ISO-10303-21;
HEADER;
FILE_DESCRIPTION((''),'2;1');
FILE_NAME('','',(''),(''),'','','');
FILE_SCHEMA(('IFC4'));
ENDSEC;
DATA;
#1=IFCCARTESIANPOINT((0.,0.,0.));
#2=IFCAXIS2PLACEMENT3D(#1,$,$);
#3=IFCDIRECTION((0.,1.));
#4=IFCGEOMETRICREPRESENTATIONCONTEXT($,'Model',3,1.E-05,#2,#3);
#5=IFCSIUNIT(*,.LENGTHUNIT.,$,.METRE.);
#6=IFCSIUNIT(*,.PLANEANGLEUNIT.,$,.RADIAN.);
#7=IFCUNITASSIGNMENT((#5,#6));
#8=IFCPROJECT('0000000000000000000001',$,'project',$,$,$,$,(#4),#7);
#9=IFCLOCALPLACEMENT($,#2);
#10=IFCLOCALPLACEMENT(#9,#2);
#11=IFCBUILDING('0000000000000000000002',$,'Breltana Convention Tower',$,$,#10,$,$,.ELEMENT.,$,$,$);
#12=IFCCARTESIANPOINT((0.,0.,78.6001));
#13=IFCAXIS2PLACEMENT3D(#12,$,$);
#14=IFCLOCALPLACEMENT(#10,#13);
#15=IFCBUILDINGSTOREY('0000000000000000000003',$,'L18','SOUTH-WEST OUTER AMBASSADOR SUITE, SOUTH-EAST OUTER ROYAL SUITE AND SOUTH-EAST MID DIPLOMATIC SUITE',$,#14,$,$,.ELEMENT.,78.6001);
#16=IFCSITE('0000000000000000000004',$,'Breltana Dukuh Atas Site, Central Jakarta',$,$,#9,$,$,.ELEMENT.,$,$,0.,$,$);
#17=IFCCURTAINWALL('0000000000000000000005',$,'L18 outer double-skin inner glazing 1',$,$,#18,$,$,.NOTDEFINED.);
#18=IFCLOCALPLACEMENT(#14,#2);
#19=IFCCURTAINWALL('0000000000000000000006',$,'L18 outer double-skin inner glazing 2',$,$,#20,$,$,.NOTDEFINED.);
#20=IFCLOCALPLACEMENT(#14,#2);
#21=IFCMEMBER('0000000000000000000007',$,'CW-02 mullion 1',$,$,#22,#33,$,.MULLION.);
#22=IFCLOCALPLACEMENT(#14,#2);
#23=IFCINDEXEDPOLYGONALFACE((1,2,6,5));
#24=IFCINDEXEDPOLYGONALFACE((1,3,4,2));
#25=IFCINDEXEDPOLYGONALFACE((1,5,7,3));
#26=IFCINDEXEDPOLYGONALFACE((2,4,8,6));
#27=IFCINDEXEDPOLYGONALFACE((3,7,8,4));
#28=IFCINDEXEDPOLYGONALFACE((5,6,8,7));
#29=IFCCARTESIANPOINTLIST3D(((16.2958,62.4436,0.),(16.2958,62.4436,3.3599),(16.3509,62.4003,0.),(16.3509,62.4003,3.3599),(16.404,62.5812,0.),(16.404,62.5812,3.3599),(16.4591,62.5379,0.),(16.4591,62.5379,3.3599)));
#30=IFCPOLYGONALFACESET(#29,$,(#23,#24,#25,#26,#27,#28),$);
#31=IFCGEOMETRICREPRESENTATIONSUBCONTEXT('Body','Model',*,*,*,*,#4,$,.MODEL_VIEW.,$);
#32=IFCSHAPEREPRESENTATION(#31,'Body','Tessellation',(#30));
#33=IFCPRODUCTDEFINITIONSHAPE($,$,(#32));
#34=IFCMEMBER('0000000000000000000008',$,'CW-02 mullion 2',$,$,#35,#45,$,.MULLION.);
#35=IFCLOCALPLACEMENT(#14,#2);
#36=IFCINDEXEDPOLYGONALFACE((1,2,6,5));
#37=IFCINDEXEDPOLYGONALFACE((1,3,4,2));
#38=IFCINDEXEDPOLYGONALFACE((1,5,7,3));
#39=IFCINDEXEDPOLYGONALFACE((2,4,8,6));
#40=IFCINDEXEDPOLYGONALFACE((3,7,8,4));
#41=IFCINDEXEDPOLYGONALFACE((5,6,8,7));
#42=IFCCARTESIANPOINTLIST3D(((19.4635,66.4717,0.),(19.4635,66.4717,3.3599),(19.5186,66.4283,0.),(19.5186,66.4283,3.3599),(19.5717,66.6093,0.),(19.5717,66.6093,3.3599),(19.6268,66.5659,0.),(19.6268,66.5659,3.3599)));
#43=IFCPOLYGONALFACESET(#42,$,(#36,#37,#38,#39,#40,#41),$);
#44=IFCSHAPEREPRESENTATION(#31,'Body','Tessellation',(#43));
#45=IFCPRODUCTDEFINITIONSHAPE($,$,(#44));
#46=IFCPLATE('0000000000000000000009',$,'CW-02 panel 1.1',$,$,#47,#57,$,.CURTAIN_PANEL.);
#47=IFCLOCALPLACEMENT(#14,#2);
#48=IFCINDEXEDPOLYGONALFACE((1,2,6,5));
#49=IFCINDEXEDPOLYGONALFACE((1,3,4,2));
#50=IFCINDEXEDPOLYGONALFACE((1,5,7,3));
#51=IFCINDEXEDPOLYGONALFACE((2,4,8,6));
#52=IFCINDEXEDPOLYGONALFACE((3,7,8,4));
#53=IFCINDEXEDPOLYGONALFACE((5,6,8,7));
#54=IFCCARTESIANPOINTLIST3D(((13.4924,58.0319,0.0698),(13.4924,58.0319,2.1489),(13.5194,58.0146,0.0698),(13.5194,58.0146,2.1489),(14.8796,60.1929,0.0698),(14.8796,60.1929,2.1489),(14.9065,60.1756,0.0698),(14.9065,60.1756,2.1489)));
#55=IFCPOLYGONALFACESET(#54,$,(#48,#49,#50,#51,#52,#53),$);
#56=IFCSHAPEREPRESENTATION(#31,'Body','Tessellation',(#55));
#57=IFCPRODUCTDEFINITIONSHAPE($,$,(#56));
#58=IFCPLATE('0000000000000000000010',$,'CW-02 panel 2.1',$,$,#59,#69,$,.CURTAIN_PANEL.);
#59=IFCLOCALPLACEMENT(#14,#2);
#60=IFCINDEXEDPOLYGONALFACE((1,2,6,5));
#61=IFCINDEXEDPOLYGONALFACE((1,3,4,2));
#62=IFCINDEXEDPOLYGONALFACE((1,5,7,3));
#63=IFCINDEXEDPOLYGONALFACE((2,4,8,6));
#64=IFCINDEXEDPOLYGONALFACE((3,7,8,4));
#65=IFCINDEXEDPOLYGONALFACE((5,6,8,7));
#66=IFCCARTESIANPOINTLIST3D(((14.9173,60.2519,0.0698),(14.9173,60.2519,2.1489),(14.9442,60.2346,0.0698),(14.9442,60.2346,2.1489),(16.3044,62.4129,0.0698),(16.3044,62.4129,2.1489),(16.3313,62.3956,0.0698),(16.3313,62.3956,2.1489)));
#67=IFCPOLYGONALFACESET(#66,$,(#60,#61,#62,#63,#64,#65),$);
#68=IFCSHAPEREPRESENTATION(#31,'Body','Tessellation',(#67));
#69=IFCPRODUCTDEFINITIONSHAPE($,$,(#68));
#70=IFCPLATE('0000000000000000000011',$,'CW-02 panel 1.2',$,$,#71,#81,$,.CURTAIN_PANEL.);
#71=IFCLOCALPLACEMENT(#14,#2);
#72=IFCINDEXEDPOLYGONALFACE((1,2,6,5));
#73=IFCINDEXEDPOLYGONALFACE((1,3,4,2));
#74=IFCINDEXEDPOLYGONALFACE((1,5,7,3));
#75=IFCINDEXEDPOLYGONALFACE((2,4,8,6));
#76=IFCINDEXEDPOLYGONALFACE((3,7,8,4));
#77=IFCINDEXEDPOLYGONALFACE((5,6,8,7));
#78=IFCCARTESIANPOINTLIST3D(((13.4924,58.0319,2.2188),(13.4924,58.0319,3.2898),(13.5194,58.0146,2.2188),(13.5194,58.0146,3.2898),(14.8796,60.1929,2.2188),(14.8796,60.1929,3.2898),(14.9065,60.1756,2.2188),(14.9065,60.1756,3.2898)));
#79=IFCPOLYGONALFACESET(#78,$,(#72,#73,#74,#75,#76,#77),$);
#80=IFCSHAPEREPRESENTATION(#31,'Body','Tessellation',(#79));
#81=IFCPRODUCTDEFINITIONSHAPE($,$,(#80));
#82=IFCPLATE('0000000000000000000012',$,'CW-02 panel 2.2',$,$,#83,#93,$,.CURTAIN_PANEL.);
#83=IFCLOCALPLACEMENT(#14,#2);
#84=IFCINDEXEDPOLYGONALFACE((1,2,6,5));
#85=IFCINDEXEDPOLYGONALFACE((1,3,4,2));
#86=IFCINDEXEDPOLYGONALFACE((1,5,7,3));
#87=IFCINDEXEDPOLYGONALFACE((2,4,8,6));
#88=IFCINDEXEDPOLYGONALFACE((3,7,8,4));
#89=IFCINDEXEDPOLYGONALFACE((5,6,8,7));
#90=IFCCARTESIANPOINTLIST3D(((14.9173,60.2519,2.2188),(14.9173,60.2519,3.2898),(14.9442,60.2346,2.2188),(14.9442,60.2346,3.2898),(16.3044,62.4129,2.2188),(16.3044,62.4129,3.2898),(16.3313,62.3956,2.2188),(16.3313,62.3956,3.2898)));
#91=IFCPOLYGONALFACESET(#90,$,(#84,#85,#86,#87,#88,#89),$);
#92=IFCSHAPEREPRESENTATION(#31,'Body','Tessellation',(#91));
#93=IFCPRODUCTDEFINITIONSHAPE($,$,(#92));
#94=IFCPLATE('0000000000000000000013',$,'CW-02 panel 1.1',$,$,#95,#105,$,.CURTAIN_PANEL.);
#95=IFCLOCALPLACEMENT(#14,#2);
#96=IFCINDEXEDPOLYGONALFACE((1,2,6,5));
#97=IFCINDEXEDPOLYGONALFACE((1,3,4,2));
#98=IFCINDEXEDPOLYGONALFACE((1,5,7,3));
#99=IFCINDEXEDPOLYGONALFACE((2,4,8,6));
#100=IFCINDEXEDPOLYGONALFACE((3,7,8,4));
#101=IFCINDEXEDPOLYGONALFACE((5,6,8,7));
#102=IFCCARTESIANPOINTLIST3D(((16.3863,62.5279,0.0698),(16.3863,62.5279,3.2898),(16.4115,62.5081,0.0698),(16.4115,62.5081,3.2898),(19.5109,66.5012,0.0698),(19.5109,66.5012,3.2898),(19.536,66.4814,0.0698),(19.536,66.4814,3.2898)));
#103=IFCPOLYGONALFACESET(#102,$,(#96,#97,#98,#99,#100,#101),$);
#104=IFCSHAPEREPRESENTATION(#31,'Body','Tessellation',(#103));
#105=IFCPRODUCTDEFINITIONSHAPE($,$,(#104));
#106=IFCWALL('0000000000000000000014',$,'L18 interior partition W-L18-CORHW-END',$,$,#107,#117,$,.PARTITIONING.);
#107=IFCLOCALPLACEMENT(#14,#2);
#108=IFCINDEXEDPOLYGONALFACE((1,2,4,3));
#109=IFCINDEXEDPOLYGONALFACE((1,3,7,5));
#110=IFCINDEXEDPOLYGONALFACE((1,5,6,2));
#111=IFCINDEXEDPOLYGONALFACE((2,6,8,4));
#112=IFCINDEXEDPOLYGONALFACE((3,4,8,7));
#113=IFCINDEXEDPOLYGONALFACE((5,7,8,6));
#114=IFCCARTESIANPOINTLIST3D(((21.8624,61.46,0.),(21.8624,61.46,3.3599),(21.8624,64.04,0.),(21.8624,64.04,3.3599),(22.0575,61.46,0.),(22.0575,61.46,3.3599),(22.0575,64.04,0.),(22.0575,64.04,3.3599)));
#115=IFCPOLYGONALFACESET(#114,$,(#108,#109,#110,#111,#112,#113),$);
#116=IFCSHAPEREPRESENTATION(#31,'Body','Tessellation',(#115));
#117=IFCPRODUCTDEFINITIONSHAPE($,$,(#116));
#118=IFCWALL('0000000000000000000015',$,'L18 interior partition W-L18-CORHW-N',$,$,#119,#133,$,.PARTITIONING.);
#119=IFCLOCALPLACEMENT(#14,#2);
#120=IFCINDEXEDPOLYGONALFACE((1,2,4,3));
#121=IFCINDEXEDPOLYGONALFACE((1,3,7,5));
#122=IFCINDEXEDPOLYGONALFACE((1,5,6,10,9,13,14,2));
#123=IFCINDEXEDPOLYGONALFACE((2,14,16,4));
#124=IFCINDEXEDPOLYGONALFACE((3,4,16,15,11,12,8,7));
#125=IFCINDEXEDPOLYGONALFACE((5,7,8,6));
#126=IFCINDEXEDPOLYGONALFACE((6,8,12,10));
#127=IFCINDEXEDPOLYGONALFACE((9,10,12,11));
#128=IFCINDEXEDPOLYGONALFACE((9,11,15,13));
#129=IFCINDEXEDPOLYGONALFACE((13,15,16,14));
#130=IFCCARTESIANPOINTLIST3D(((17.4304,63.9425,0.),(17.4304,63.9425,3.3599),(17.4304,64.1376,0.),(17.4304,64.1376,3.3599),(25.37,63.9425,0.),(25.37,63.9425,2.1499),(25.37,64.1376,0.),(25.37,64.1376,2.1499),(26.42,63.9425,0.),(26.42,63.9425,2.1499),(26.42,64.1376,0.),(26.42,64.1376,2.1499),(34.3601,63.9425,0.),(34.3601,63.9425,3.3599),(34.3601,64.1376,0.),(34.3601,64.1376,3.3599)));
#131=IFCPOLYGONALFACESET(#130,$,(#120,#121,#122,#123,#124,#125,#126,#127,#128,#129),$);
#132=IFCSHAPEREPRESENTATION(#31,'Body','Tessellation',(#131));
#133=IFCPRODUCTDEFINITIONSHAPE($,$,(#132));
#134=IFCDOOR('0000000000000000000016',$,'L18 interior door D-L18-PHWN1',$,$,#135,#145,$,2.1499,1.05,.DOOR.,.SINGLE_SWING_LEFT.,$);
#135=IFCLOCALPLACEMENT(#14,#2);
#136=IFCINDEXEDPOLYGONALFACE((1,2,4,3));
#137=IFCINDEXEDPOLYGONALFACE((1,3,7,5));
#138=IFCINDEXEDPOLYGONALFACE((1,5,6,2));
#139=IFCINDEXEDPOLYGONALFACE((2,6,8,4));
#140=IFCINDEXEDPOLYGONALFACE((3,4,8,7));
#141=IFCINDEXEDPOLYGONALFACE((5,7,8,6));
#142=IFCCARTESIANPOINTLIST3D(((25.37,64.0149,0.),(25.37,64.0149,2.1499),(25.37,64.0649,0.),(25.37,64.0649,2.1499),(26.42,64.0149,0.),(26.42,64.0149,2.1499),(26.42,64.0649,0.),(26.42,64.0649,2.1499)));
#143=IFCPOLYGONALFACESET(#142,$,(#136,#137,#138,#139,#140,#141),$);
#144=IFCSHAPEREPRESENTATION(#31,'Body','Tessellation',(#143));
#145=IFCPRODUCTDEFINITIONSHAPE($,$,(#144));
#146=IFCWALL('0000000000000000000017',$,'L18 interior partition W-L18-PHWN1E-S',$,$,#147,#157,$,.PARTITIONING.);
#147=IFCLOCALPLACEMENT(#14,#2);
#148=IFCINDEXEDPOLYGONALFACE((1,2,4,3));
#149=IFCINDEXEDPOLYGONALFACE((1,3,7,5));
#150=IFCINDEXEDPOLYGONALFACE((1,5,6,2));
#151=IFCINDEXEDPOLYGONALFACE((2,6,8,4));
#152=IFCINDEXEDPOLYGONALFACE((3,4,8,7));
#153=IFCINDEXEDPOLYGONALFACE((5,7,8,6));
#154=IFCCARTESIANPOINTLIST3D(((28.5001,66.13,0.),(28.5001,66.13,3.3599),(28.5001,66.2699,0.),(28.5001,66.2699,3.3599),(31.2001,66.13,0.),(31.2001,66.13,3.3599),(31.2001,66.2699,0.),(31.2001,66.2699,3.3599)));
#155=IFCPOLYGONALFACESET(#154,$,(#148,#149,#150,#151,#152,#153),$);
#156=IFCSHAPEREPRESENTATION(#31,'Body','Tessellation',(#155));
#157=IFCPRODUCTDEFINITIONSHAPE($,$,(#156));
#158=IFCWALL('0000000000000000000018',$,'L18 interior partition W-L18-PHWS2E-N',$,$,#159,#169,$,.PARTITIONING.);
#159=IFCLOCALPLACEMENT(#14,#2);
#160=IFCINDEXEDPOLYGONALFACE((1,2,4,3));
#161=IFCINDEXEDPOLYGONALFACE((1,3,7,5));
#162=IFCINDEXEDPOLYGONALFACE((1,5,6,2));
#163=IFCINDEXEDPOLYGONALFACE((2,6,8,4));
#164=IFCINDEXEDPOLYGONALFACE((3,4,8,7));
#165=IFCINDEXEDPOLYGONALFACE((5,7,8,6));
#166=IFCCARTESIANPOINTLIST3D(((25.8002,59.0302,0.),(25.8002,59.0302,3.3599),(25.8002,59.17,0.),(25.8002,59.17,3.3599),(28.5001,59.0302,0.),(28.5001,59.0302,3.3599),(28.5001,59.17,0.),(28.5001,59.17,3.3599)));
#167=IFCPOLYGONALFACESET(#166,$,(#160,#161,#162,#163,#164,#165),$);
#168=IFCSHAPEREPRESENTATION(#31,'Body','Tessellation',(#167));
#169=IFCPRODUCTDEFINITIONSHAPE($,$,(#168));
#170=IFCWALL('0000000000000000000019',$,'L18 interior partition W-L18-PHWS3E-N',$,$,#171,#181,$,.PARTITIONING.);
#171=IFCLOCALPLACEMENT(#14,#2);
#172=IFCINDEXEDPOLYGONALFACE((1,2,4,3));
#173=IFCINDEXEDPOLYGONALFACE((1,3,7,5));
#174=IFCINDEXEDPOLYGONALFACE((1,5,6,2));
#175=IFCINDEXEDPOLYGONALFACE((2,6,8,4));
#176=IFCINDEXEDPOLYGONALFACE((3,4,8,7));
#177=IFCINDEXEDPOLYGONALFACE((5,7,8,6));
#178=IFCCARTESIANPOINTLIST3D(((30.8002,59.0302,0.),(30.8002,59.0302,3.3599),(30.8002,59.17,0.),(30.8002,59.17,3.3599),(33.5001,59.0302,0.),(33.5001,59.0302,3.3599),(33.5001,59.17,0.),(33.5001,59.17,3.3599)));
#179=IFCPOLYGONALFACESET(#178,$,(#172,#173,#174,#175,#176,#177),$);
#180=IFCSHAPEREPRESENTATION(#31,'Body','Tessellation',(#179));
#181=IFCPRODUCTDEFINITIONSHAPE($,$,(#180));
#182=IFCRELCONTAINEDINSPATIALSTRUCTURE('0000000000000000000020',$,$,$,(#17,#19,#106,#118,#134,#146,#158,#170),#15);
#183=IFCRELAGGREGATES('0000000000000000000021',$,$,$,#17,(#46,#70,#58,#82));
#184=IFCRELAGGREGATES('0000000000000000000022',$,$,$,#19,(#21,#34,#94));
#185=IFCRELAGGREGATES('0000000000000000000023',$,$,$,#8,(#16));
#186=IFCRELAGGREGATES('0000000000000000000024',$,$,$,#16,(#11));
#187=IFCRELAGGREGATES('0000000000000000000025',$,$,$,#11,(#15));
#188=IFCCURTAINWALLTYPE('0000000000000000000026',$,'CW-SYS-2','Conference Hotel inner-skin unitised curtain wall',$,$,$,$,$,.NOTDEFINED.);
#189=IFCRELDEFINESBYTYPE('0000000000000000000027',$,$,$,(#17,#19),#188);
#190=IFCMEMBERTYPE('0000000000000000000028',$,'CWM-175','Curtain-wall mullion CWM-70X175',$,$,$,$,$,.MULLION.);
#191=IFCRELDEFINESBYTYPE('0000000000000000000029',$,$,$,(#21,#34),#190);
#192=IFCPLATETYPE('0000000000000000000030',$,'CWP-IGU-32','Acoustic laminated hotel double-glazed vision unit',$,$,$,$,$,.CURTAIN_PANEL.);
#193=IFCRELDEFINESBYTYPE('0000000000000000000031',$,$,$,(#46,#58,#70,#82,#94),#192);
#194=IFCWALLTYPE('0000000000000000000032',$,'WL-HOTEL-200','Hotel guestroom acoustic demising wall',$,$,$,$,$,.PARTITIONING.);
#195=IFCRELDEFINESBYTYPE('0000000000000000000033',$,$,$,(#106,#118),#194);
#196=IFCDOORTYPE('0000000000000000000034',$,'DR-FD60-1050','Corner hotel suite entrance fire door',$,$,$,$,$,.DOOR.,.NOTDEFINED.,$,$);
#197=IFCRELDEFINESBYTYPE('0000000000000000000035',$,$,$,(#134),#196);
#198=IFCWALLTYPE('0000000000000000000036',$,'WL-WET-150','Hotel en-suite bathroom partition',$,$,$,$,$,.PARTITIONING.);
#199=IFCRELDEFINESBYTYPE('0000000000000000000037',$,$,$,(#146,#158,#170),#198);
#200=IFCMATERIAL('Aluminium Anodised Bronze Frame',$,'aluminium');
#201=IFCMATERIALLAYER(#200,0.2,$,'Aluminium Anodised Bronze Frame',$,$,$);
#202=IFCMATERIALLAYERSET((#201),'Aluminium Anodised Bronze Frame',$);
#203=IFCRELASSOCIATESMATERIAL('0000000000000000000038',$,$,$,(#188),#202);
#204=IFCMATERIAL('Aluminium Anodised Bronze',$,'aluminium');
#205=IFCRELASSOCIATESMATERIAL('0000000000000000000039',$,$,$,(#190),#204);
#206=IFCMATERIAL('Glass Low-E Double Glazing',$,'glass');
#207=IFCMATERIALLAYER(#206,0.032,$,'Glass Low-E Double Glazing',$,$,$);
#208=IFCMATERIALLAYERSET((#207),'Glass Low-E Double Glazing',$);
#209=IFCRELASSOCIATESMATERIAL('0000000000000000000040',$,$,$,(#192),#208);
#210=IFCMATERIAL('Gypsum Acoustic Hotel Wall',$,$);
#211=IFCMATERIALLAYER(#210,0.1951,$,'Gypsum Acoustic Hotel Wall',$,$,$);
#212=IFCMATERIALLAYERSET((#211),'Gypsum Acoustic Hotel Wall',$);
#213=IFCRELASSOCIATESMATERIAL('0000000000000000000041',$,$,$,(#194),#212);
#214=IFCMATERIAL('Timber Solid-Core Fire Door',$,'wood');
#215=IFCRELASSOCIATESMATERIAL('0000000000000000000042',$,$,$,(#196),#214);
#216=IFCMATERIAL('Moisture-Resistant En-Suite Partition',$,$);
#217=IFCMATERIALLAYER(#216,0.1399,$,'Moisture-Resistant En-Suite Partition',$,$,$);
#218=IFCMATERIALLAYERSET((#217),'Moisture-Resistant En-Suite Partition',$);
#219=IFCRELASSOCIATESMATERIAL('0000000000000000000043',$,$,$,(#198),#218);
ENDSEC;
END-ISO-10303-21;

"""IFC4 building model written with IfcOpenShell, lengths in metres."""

from ifc_helpers import new_model, si_unit, direction, frame, frame_2d, origin, origin_2d, place, context, subcontext, project, spatial, rectangle, extrude, source, transform, mapped, material, layer, layer_set, material_profile, profile_set, type_object, type_shapes, element, fill, aggregate, save


model = new_model("IFC4")

# Units and contexts
model_context = context("Model", 3, precision=1e-05, world=origin(), true_north=direction((0.0, 1.0)))
body_context = subcontext(model_context, "Body", "Model", "MODEL_VIEW")
ifc_project = project(units=[si_unit("LENGTHUNIT", "METRE"), si_unit("PLANEANGLEUNIT", "RADIAN")], contexts=[model_context])

# Site, building, storey
site_placement = place(None, origin())
site = spatial("IfcSite", under=ifc_project, at=site_placement, Name="Breltana Dukuh Atas Site, Central Jakarta", CompositionType="ELEMENT", RefElevation=0.0)
building_placement = place(site_placement, origin())
building = spatial("IfcBuilding", under=site, at=building_placement, Name="Breltana Convention Tower", CompositionType="ELEMENT")
storey_placement = place(building_placement, frame((0.0, 0.0, 78.6001)))
storey = spatial("IfcBuildingStorey", under=building, at=storey_placement, Name="L18", Description="SOUTH-WEST OUTER AMBASSADOR SUITE, SOUTH-EAST OUTER ROYAL SUITE AND SOUTH-EAST MID DIPLOMATIC SUITE", CompositionType="ELEMENT", Elevation=78.6001)

# Curtain walls
ifc_material_1 = material(Name="Aluminium Anodised Bronze Frame", Category="aluminium")
ifc_layer_1 = layer(ifc_material_1, 0.2, Name="Aluminium Anodised Bronze Frame")
ifc_layer_set_1 = layer_set([ifc_layer_1], Name="Aluminium Anodised Bronze Frame")
curtain_wall_type = type_object("IfcCurtainWallType", Name="CW-SYS-2", Description="Conference Hotel inner-skin unitised curtain wall", PredefinedType="NOTDEFINED", material=ifc_layer_set_1)
curtain_wall_1_placement = place(storey_placement, origin())
curtain_wall_1 = element("IfcCurtainWall", 1, at=curtain_wall_1_placement, inside=storey, type_object=curtain_wall_type, Name="L18 outer double-skin inner glazing 1", PredefinedType="NOTDEFINED")
ifc_material_2 = material(Name="Aluminium Anodised Bronze", Category="aluminium")
curtain_wall_2_placement = place(storey_placement, origin())
curtain_wall_2 = element("IfcCurtainWall", 2, at=curtain_wall_2_placement, inside=storey, type_object=curtain_wall_type, Name="L18 outer double-skin inner glazing 2", PredefinedType="NOTDEFINED")

# Members
ifc_material_profile_1 = material_profile(ifc_material_2, rectangle(XDim=0.0701, YDim=0.175, at=origin_2d()), Name="CWM-70X175")
ifc_profile_set_1 = profile_set([ifc_material_profile_1], Name="Aluminium Anodised Bronze")
member_type_1 = type_object("IfcMemberType", Name="CWM-175", Description="Curtain-wall mullion CWM-70X175", PredefinedType="MULLION", material=ifc_profile_set_1)
shared_shape_1 = source(origin(), body_context, "Body", "SweptSolid", [
    extrude(rectangle(XDim=0.0701, YDim=0.175, at=origin_2d()), origin(), (0.0, 0.0, 1.0), 3.3599),
])
member_1_placement = place(storey_placement, frame((16.3774, 62.4907, 0.0), z_axis=(0.0, 0.0, 1.0), x_axis=(-0.786057, 0.618154, 0.0)))
member_1 = element("IfcMember", 3, at=member_1_placement, type_object=member_type_1, Name="CW-02 mullion 1", PredefinedType="MULLION", context=body_context, shape_type="MappedRepresentation", body=[
    mapped(shared_shape_1, transform((0.0, 0.0, 0.0), scale=1.0)),
])
member_2_placement = place(storey_placement, frame((19.5452, 66.5188, 0.0), z_axis=(0.0, 0.0, 1.0), x_axis=(-0.786057, 0.618154, 0.0)))
member_2 = element("IfcMember", 4, at=member_2_placement, type_object=member_type_1, Name="CW-02 mullion 2", PredefinedType="MULLION", context=body_context, shape_type="MappedRepresentation", body=[
    mapped(shared_shape_1, transform((0.0, 0.0, 0.0), scale=1.0)),
])

# Plates
ifc_material_3 = material(Name="Glass Low-E Double Glazing", Category="glass")
ifc_layer_2 = layer(ifc_material_3, 0.032, Name="Glass Low-E Double Glazing")
ifc_layer_set_2 = layer_set([ifc_layer_2], Name="Glass Low-E Double Glazing")
plate_type = type_object("IfcPlateType", Name="CWP-IGU-32", Description="Acoustic laminated hotel double-glazed vision unit", PredefinedType="CURTAIN_PANEL", material=ifc_layer_set_2)
shared_shape_2 = source(origin(), body_context, "Body", "SweptSolid", [
    extrude(rectangle(XDim=2.5679, YDim=0.032, at=origin_2d()), origin(), (0.0, 0.0, 1.0), 2.0791),
])
type_shapes(plate_type, [shared_shape_2])
plate_1_placement = place(storey_placement, frame((14.1995, 59.1038, 0.0698), z_axis=(0.0, 0.0, 1.0), x_axis=(0.540181, 0.841549, 0.0)))
plate_1 = element("IfcPlate", 5, at=plate_1_placement, type_object=plate_type, Name="CW-02 panel 1.1", PredefinedType="CURTAIN_PANEL", context=body_context, shape_type="MappedRepresentation", body=[
    mapped(shared_shape_2, transform((0.0, 0.0, 0.0), scale=1.0)),
])
plate_2_placement = place(storey_placement, frame((15.6243, 61.3237, 0.0698), z_axis=(0.0, 0.0, 1.0), x_axis=(0.540181, 0.841549, 0.0)))
plate_2 = element("IfcPlate", 6, at=plate_2_placement, type_object=plate_type, Name="CW-02 panel 2.1", PredefinedType="CURTAIN_PANEL", context=body_context, shape_type="MappedRepresentation", body=[
    mapped(shared_shape_2, transform((0.0, 0.0, 0.0), scale=1.0)),
])
shared_shape_3 = source(origin(), body_context, "Body", "SweptSolid", [
    extrude(rectangle(XDim=2.5679, YDim=0.032, at=origin_2d()), origin(), (0.0, 0.0, 1.0), 1.071),
])
plate_3_placement = place(storey_placement, frame((14.1995, 59.1038, 2.2188), z_axis=(0.0, 0.0, 1.0), x_axis=(0.540181, 0.841549, 0.0)))
plate_3 = element("IfcPlate", 7, at=plate_3_placement, type_object=plate_type, Name="CW-02 panel 1.2", PredefinedType="CURTAIN_PANEL", context=body_context, shape_type="MappedRepresentation", body=[
    mapped(shared_shape_3, transform((0.0, 0.0, 0.0), scale=1.0)),
])
plate_4_placement = place(storey_placement, frame((15.6243, 61.3237, 2.2188), z_axis=(0.0, 0.0, 1.0), x_axis=(0.540181, 0.841549, 0.0)))
plate_4 = element("IfcPlate", 8, at=plate_4_placement, type_object=plate_type, Name="CW-02 panel 2.2", PredefinedType="CURTAIN_PANEL", context=body_context, shape_type="MappedRepresentation", body=[
    mapped(shared_shape_3, transform((0.0, 0.0, 0.0), scale=1.0)),
])
aggregate(curtain_wall_1, [plate_1, plate_3, plate_2, plate_4])
shared_shape_4 = source(origin(), body_context, "Body", "SweptSolid", [
    extrude(rectangle(XDim=5.0547, YDim=0.032, at=origin_2d()), origin(), (0.0, 0.0, 1.0), 3.22),
])
plate_5_placement = place(storey_placement, frame((17.9612, 64.5046, 0.0698), z_axis=(0.0, 0.0, 1.0), x_axis=(0.618154, 0.786057, 0.0)))
plate_5 = element("IfcPlate", 9, at=plate_5_placement, type_object=plate_type, Name="CW-02 panel 1.1", PredefinedType="CURTAIN_PANEL", context=body_context, shape_type="MappedRepresentation", body=[
    mapped(shared_shape_4, transform((0.0, 0.0, 0.0), scale=1.0)),
])
aggregate(curtain_wall_2, [member_1, member_2, plate_5])

# Wall
ifc_material_4 = material(Name="Gypsum Acoustic Hotel Wall")
ifc_layer_3 = layer(ifc_material_4, 0.1951, Name="Gypsum Acoustic Hotel Wall")
ifc_layer_set_3 = layer_set([ifc_layer_3], Name="Gypsum Acoustic Hotel Wall")
wall_type_1 = type_object("IfcWallType", Name="WL-HOTEL-200", Description="Hotel guestroom acoustic demising wall", PredefinedType="PARTITIONING", material=ifc_layer_set_3)
shared_shape_5 = source(origin(), body_context, "Body", "SweptSolid", [
    extrude(rectangle(XDim=2.5801, YDim=0.1951, at=frame_2d((1.29, 0.0))), origin(), (0.0, 0.0, 1.0), 3.3599),
])
wall_1_placement = place(storey_placement, frame((21.96, 61.46, 0.0), z_axis=(0.0, 0.0, 1.0), x_axis=(0.0, 1.0, 0.0)))
element("IfcWall", 10, at=wall_1_placement, inside=storey, type_object=wall_type_1, Name="L18 interior partition W-L18-CORHW-END", PredefinedType="PARTITIONING", context=body_context, shape_type="MappedRepresentation", body=[
    mapped(shared_shape_5, transform((0.0, 0.0, 0.0), scale=1.0)),
])

# Wall, opening, door
shared_shape_6 = source(origin(), body_context, "Body", "SweptSolid", [
    extrude(rectangle(XDim=16.9297, YDim=0.1951, at=frame_2d((8.4648, 0.0))), origin(), (0.0, 0.0, 1.0), 3.3599),
])
wall_2_placement = place(storey_placement, frame((17.4304, 64.04, 0.0), z_axis=(0.0, 0.0, 1.0), x_axis=(1.0, 0.0, 0.0)))
wall_2 = element("IfcWall", 11, at=wall_2_placement, inside=storey, type_object=wall_type_1, Name="L18 interior partition W-L18-CORHW-N", PredefinedType="PARTITIONING", context=body_context, shape_type="MappedRepresentation", body=[
    mapped(shared_shape_6, transform((0.0, 0.0, 0.0), scale=1.0)),
])
opening_1_placement = place(wall_2_placement, frame((7.9397, 0.0, 0.0)))
opening_1 = element("IfcOpeningElement", 12, at=opening_1_placement, cuts=wall_2, PredefinedType="OPENING", context=body_context, shape_type="SweptSolid", body=[
    extrude(rectangle(XDim=1.05, YDim=2.1499, at=frame_2d((0.5249, 1.075))), frame((0.0, 0.1074, 0.0), z_axis=(0.0, -1.0, 0.0), x_axis=(1.0, 0.0, 0.0)), (0.0, 0.0, 1.0), 0.2151),
])
ifc_material_5 = material(Name="Timber Solid-Core Fire Door", Category="wood")
door_type_1 = type_object("IfcDoorType", Name="DR-FD60-1050", Description="Corner hotel suite entrance fire door", OperationType="NOTDEFINED", PredefinedType="DOOR", material=ifc_material_5)
shared_shape_7 = source(origin(), body_context, "Body", "SweptSolid", [
    extrude(rectangle(XDim=1.05, YDim=2.1499, at=frame_2d((0.5249, 1.075))), frame((0.0, 0.0249, 0.0), z_axis=(0.0, -1.0, 0.0), x_axis=(1.0, 0.0, 0.0)), (0.0, 0.0, 1.0), 0.05),
])
type_shapes(door_type_1, [shared_shape_7])
door_1_placement = place(opening_1_placement, origin())
door_1 = element("IfcDoor", 13, at=door_1_placement, inside=storey, type_object=door_type_1, Name="L18 interior door D-L18-PHWN1", OperationType="SINGLE_SWING_LEFT", OverallHeight=2.1499, OverallWidth=1.05, PredefinedType="DOOR", context=body_context, shape_type="MappedRepresentation", body=[
    mapped(shared_shape_7, transform((0.0, 0.0, 0.0), scale=1.0)),
])
fill(opening_1, door_1)

# Walls
ifc_material_6 = material(Name="Moisture-Resistant En-Suite Partition")
ifc_layer_4 = layer(ifc_material_6, 0.1399, Name="Moisture-Resistant En-Suite Partition")
ifc_layer_set_4 = layer_set([ifc_layer_4], Name="Moisture-Resistant En-Suite Partition")
wall_type_2 = type_object("IfcWallType", Name="WL-WET-150", Description="Hotel en-suite bathroom partition", PredefinedType="PARTITIONING", material=ifc_layer_set_4)
shared_shape_8 = source(origin(), body_context, "Body", "SweptSolid", [
    extrude(rectangle(XDim=2.7, YDim=0.1399, at=frame_2d((1.3501, 0.0))), origin(), (0.0, 0.0, 1.0), 3.3599),
])
for number, where, z_axis, x_axis, name in (
    (14, (28.5, 66.2, 0.0), (0.0, 0.0, 1.0), (1.0, 0.0, 0.0), "L18 interior partition W-L18-PHWN1E-S"),
    (15, (25.8, 59.1001, 0.0), (0.0, 0.0, 1.0), (1.0, 0.0, 0.0), "L18 interior partition W-L18-PHWS2E-N"),
    (16, (30.8, 59.1001, 0.0), (0.0, 0.0, 1.0), (1.0, 0.0, 0.0), "L18 interior partition W-L18-PHWS3E-N"),
):
    element("IfcWall", number, at=place(storey_placement, frame(where, z_axis=z_axis, x_axis=x_axis)), inside=storey, type_object=wall_type_2, Name=name, PredefinedType="PARTITIONING", context=body_context, shape_type="MappedRepresentation", body=[
        mapped(shared_shape_8, transform((0.0, 0.0, 0.0), scale=1.0)),
    ])

save(model, "model.ifc")
